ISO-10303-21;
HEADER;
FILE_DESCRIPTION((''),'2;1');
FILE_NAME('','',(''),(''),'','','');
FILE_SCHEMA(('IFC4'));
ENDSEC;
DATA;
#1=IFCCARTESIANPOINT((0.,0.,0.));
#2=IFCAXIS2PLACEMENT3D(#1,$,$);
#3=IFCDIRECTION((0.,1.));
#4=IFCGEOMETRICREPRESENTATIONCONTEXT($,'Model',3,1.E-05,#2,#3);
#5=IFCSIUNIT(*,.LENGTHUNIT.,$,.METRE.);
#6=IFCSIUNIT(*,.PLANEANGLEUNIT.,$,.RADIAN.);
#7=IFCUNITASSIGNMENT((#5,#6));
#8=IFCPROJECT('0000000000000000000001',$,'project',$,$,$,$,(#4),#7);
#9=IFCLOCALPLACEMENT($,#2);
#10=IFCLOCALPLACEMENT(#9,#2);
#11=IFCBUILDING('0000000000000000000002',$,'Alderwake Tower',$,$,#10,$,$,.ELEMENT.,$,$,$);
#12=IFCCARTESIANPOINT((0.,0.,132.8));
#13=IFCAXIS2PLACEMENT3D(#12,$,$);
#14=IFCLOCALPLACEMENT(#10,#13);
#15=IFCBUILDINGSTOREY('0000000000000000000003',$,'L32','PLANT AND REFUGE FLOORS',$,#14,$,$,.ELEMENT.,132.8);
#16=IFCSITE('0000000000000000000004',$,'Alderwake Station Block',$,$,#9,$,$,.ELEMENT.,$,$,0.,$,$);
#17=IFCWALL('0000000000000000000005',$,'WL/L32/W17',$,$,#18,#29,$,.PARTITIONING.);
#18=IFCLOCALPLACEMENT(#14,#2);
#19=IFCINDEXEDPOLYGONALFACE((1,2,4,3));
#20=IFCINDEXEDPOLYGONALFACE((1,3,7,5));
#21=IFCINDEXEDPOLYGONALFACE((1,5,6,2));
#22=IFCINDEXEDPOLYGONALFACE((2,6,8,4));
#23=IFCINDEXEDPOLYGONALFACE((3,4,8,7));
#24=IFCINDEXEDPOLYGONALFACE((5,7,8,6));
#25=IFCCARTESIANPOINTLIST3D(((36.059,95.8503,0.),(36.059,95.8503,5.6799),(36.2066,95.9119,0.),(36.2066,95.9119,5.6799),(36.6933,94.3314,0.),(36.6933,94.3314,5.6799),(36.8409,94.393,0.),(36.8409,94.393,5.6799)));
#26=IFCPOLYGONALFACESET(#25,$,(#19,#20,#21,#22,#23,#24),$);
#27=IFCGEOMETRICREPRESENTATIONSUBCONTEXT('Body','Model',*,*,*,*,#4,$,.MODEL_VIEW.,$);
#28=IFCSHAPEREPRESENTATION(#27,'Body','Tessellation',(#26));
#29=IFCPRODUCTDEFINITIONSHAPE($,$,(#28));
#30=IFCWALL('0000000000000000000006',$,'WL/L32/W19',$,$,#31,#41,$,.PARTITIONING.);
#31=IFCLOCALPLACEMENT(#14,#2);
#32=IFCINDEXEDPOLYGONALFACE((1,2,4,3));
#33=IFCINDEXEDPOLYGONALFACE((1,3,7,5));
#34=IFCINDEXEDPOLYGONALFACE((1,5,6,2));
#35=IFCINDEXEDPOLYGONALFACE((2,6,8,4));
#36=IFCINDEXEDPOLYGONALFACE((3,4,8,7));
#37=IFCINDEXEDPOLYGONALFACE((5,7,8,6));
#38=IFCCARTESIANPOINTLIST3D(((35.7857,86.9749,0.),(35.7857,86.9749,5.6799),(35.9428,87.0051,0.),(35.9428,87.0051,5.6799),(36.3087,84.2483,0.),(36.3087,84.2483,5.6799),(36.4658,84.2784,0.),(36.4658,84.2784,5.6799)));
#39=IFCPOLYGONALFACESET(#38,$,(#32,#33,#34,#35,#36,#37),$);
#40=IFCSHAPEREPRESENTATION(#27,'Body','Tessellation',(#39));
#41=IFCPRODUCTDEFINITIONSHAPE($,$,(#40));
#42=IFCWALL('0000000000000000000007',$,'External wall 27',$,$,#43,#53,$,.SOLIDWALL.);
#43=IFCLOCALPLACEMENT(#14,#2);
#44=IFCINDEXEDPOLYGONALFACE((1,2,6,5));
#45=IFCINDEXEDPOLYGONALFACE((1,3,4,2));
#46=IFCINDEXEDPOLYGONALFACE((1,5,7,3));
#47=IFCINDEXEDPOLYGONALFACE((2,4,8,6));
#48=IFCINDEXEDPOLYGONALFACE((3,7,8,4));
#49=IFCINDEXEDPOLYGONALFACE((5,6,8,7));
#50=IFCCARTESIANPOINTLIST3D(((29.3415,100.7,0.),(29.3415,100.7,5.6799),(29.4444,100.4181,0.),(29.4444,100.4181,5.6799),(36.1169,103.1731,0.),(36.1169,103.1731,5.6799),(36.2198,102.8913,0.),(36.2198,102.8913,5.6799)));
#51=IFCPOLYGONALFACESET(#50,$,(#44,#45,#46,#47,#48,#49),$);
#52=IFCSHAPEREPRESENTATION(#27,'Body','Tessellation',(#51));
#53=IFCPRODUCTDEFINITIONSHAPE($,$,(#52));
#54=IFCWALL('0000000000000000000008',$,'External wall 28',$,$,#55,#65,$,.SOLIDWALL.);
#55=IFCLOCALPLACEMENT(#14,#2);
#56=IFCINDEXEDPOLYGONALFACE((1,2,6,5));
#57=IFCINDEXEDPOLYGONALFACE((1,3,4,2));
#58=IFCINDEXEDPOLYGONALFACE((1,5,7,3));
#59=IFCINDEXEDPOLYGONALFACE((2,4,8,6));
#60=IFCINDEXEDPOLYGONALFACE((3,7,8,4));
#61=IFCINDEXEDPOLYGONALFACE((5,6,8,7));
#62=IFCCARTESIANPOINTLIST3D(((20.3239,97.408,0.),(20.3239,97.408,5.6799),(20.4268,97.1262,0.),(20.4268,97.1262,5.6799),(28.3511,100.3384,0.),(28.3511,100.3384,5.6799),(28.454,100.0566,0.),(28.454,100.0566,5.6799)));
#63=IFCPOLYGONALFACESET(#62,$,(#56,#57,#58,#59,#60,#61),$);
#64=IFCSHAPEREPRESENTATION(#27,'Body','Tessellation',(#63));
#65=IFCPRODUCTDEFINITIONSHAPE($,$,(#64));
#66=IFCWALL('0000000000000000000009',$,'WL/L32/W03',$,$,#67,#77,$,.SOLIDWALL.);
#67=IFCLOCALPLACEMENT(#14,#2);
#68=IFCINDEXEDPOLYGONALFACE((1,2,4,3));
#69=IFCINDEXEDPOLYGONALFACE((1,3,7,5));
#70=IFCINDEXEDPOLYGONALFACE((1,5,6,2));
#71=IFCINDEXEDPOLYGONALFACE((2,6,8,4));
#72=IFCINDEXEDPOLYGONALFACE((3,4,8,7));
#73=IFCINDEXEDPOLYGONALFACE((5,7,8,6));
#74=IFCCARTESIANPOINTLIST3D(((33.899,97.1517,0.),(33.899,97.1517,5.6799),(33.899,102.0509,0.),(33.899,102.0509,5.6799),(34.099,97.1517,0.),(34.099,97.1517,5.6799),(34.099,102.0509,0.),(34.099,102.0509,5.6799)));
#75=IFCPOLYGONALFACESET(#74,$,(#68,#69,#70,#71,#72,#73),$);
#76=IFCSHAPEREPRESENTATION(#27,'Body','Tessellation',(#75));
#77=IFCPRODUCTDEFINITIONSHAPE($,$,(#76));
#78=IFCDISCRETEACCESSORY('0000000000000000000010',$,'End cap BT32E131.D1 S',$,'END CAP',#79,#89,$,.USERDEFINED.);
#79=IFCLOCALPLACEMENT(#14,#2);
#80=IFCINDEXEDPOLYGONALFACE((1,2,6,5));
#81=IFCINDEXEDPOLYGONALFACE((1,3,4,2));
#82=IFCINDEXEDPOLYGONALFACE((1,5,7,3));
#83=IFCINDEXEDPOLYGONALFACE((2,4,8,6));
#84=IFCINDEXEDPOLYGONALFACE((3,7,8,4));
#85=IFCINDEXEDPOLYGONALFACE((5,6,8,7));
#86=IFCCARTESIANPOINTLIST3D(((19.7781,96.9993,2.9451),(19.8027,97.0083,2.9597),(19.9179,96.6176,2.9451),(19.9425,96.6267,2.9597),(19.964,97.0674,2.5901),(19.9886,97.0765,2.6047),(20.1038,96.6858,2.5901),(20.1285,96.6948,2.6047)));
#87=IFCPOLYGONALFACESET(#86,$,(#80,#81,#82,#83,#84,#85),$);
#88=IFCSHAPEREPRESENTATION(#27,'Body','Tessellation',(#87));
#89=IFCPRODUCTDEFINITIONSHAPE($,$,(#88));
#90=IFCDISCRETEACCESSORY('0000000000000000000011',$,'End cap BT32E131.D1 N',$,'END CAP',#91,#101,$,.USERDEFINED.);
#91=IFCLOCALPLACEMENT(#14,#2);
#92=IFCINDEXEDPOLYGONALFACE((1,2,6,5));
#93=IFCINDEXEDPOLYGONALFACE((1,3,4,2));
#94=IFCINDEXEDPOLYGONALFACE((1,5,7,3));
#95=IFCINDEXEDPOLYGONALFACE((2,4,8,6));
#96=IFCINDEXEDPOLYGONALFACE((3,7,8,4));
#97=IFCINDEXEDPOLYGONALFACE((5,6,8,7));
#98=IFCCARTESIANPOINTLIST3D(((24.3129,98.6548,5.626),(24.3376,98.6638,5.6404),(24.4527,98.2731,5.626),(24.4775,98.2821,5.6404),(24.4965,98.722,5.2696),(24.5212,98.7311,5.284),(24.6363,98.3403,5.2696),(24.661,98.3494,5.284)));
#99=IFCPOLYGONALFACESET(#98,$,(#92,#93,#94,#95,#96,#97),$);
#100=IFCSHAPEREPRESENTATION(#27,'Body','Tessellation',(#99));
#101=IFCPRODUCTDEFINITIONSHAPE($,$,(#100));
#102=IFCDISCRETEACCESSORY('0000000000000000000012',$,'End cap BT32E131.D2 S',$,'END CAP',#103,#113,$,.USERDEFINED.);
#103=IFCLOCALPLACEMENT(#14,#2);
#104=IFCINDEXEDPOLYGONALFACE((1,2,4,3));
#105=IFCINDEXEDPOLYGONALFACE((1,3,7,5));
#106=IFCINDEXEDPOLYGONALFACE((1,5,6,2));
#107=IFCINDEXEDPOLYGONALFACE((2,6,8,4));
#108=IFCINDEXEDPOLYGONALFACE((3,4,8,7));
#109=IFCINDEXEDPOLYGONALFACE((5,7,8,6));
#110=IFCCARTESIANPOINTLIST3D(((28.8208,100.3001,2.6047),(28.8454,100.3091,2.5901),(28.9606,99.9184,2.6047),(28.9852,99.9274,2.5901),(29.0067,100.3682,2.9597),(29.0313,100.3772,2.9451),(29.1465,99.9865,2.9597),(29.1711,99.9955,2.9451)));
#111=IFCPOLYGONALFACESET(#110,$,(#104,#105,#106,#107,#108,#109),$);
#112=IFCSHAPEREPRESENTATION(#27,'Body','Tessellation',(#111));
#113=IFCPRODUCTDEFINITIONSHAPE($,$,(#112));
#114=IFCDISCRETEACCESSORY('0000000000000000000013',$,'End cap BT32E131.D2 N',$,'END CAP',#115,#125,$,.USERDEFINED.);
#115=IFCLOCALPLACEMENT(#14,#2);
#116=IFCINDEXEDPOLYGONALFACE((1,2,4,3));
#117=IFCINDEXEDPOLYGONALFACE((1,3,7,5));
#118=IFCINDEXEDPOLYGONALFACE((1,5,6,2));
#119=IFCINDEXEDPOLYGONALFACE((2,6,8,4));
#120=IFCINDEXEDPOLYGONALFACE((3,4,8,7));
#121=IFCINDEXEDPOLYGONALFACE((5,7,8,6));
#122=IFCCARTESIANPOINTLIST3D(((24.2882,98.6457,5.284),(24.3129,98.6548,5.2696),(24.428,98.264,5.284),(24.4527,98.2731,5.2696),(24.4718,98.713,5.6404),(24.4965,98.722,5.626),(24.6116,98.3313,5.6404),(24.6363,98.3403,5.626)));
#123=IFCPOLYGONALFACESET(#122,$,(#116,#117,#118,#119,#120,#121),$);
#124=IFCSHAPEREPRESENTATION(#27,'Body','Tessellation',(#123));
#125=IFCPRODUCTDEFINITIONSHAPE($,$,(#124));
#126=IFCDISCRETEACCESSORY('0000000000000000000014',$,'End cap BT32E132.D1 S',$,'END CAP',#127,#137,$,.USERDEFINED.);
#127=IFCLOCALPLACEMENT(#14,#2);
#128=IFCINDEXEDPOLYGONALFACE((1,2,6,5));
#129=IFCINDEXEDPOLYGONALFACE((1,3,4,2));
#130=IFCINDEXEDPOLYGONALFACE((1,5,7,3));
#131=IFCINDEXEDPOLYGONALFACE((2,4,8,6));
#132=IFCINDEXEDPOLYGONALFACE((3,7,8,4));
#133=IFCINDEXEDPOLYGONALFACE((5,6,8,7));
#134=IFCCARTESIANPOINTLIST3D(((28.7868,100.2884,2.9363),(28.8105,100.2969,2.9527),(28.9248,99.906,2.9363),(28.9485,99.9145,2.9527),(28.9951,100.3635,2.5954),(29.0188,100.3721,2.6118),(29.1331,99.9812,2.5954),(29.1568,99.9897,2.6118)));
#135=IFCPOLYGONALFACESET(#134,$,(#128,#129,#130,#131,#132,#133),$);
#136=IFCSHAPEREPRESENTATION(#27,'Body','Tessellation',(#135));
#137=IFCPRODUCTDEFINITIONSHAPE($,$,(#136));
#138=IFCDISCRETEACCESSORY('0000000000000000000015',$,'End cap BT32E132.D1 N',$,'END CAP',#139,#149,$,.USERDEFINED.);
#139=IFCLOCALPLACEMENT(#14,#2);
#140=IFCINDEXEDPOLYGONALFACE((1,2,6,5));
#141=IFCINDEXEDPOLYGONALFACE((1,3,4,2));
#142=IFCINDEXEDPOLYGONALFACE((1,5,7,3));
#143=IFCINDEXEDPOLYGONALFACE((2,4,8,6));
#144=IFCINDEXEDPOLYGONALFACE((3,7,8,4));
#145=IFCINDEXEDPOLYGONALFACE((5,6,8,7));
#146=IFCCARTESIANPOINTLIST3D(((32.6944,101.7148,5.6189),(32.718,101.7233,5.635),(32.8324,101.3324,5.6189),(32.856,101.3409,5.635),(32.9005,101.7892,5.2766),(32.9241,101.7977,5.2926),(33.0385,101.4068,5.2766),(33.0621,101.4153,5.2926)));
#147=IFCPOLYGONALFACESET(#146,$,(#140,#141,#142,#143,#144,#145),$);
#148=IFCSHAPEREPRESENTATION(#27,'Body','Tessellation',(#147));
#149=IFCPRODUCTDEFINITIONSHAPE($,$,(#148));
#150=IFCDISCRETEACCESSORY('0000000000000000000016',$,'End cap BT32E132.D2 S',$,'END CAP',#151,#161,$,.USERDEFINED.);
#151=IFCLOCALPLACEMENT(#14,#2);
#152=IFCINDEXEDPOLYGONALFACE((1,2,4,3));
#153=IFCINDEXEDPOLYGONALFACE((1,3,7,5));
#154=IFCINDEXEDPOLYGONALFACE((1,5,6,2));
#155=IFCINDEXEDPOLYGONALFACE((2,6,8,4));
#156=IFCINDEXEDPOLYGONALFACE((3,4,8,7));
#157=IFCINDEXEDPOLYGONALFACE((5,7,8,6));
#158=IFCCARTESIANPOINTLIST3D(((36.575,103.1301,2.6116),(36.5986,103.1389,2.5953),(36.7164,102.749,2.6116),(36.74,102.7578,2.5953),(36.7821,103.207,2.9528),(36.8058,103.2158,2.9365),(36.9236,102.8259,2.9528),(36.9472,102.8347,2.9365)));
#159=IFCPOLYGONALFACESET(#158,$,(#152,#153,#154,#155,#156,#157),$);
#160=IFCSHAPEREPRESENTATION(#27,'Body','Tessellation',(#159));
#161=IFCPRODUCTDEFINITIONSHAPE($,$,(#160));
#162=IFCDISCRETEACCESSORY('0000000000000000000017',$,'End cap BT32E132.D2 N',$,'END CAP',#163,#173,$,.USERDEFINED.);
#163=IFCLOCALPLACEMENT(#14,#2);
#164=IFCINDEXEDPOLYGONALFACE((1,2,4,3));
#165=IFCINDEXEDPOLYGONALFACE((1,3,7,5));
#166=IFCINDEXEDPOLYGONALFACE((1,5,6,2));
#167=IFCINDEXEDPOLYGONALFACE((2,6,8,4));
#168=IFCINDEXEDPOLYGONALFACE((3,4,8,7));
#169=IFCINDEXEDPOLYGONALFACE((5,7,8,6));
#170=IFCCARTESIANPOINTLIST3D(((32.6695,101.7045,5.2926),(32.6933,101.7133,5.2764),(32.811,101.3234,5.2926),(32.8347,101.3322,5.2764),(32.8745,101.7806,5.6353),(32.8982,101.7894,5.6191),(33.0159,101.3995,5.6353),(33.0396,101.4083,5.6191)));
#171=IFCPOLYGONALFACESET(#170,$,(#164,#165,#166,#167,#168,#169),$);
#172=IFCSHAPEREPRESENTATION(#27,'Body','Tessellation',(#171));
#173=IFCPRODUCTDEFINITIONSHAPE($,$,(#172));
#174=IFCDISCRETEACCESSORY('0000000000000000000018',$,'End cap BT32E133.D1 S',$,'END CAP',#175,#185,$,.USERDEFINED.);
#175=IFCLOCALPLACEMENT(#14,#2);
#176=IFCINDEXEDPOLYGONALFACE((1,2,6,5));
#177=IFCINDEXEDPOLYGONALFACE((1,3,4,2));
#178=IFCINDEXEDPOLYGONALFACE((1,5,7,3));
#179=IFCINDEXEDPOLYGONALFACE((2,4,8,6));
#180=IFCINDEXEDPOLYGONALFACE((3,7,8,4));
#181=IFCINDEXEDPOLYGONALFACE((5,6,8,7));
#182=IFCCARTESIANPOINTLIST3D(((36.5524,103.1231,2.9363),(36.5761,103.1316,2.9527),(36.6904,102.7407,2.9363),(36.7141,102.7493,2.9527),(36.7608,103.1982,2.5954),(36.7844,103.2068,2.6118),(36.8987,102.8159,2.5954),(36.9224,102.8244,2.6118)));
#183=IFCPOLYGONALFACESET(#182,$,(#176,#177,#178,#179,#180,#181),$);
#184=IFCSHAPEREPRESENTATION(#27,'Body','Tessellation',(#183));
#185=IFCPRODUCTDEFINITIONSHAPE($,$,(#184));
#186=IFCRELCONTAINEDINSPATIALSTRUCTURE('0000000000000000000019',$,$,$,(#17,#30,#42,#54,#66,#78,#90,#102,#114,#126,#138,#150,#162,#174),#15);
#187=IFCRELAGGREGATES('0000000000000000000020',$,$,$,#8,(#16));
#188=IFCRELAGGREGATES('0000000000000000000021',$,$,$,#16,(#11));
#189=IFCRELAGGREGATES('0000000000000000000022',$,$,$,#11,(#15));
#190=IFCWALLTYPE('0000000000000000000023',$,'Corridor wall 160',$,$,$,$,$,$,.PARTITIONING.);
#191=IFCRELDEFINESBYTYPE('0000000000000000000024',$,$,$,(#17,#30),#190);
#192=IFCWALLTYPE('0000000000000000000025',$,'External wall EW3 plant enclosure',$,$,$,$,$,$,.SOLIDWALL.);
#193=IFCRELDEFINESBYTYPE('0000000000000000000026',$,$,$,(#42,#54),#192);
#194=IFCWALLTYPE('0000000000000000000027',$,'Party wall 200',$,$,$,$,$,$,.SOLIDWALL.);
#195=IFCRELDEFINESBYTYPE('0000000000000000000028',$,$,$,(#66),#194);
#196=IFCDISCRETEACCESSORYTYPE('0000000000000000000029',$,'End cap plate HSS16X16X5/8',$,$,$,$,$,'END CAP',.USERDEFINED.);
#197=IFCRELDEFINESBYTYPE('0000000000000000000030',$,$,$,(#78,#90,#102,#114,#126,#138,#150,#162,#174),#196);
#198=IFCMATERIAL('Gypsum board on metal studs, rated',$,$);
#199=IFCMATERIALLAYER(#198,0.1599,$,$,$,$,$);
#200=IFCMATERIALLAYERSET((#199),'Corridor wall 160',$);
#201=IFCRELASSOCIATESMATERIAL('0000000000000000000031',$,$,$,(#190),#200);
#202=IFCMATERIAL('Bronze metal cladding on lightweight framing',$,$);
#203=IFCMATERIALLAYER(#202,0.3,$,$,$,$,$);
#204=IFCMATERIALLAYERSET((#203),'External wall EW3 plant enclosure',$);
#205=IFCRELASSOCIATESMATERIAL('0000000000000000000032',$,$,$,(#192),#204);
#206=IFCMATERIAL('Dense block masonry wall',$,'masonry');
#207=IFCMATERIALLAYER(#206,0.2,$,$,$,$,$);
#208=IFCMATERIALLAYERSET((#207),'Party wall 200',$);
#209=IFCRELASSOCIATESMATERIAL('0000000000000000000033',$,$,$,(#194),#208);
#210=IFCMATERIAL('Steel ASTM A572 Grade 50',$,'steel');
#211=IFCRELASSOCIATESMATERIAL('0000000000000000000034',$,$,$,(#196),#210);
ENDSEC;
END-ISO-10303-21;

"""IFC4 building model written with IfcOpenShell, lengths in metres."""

from ifc_helpers import new_model, si_unit, direction, frame, frame_2d, origin, origin_2d, place, context, subcontext, project, spatial, rectangle, extrude, material, layer, layer_set, material_profile, profile_set, type_object, element, save


model = new_model("IFC4")

# Units and contexts
model_context = context("Model", 3, precision=1e-05, world=origin(), true_north=direction((0.0, 1.0)))
body_context = subcontext(model_context, "Body", "Model", "MODEL_VIEW")
ifc_project = project(units=[si_unit("LENGTHUNIT", "METRE"), si_unit("PLANEANGLEUNIT", "RADIAN")], contexts=[model_context])

# Site, building, storey
site_placement = place(None, origin())
site = spatial("IfcSite", under=ifc_project, at=site_placement, Name="Alderwake Station Block", CompositionType="ELEMENT", RefElevation=0.0)
building_placement = place(site_placement, origin())
building = spatial("IfcBuilding", under=site, at=building_placement, Name="Alderwake Tower", CompositionType="ELEMENT")
storey_placement = place(building_placement, frame((0.0, 0.0, 132.8)))
storey = spatial("IfcBuildingStorey", under=building, at=storey_placement, Name="L32", Description="PLANT AND REFUGE FLOORS", CompositionType="ELEMENT", Elevation=132.8)

# Walls
ifc_material_1 = material(Name="Gypsum board on metal studs, rated")
ifc_layer_1 = layer(ifc_material_1, 0.1599)
ifc_layer_set_1 = layer_set([ifc_layer_1], Name="Corridor wall 160")
wall_type_1 = type_object("IfcWallType", Name="Corridor wall 160", PredefinedType="PARTITIONING", material=ifc_layer_set_1)
wall_1_placement = place(storey_placement, frame((36.1328, 95.8811, 0.0), z_axis=(0.0, 0.0, 1.0), x_axis=(0.385363, -0.922765, 0.0)))
element("IfcWall", 1, at=wall_1_placement, inside=storey, type_object=wall_type_1, Name="WL/L32/W17", PredefinedType="PARTITIONING", context=body_context, shape_type="SweptSolid", body=[
    extrude(rectangle(XDim=1.646, YDim=0.1599, at=frame_2d((0.823, 0.0))), origin(), (0.0, 0.0, 1.0), 5.6799),
])
wall_2_placement = place(storey_placement, frame((35.8643, 86.99, 0.0), z_axis=(0.0, 0.0, 1.0), x_axis=(0.188365, -0.982099, 0.0)))
element("IfcWall", 2, at=wall_2_placement, inside=storey, type_object=wall_type_1, Name="WL/L32/W19", PredefinedType="PARTITIONING", context=body_context, shape_type="SweptSolid", body=[
    extrude(rectangle(XDim=2.7764, YDim=0.1599, at=frame_2d((1.3882, 0.0))), origin(), (0.0, 0.0, 1.0), 5.6799),
])
ifc_material_2 = material(Name="Bronze metal cladding on lightweight framing")
ifc_layer_2 = layer(ifc_material_2, 0.3)
ifc_layer_set_2 = layer_set([ifc_layer_2], Name="External wall EW3 plant enclosure")
wall_type_2 = type_object("IfcWallType", Name="External wall EW3 plant enclosure", PredefinedType="SOLIDWALL", material=ifc_layer_set_2)
wall_3_placement = place(storey_placement, frame((36.1685, 103.0322, 0.0), z_axis=(0.0, 0.0, 1.0), x_axis=(-0.939376, -0.34289, 0.0)))
element("IfcWall", 3, at=wall_3_placement, inside=storey, type_object=wall_type_2, Name="External wall 27", PredefinedType="SOLIDWALL", context=body_context, shape_type="SweptSolid", body=[
    extrude(rectangle(XDim=7.2126, YDim=0.3, at=frame_2d((3.6064, 0.0))), origin(), (0.0, 0.0, 1.0), 5.6799),
])
wall_4_placement = place(storey_placement, frame((28.4026, 100.1975, 0.0), z_axis=(0.0, 0.0, 1.0), x_axis=(-0.939365, -0.34292, 0.0)))
element("IfcWall", 4, at=wall_4_placement, inside=storey, type_object=wall_type_2, Name="External wall 28", PredefinedType="SOLIDWALL", context=body_context, shape_type="SweptSolid", body=[
    extrude(rectangle(XDim=8.5454, YDim=0.3, at=frame_2d((4.2727, 0.0))), origin(), (0.0, 0.0, 1.0), 5.6799),
])
ifc_material_3 = material(Name="Dense block masonry wall", Category="masonry")
ifc_layer_3 = layer(ifc_material_3, 0.2)
ifc_layer_set_3 = layer_set([ifc_layer_3], Name="Party wall 200")
wall_type_3 = type_object("IfcWallType", Name="Party wall 200", PredefinedType="SOLIDWALL", material=ifc_layer_set_3)
wall_5_placement = place(storey_placement, frame((33.999, 102.051, 0.0), z_axis=(0.0, 0.0, 1.0), x_axis=(0.0, -1.0, 0.0)))
element("IfcWall", 5, at=wall_5_placement, inside=storey, type_object=wall_type_3, Name="WL/L32/W03", PredefinedType="SOLIDWALL", context=body_context, shape_type="SweptSolid", body=[
    extrude(rectangle(XDim=4.8992, YDim=0.2, at=frame_2d((2.4497, 0.0))), origin(), (0.0, 0.0, 1.0), 5.6799),
])

# Discrete accessories
ifc_material_4 = material(Name="Steel ASTM A572 Grade 50", Category="steel")
ifc_material_profile_1 = material_profile(ifc_material_4, rectangle(XDim=0.4065, YDim=0.4065, at=origin_2d()), Name="HSS16X16X5/8 cap")
ifc_profile_set_1 = profile_set([ifc_material_profile_1], Name="Steel ASTM A572 Grade 50")
discrete_accessory_type = type_object("IfcDiscreteAccessoryType", Name="End cap plate HSS16X16X5/8", ElementType="END CAP", PredefinedType="USERDEFINED", material=ifc_profile_set_1)
for number, where, z_axis, x_axis, name in (
    (6, (19.9656, 96.8516, 2.7822), (-0.820028, -0.300406, -0.487145), (0.343981, -0.938976, 0.0), "End cap BT32E131.D1 S"),
    (7, (24.4746, 98.4976, 5.4478), (0.823263, 0.301591, 0.480916), (-0.343981, 0.938976, 0.0), "End cap BT32E131.D1 N"),
    (8, (28.9836, 100.1433, 2.7822), (0.820028, 0.300406, -0.487145), (-0.343981, 0.938976, 0.0), "End cap BT32E131.D2 S"),
    (9, (24.4746, 98.4976, 5.4478), (-0.823263, -0.301591, 0.480916), (0.343981, -0.938976, 0.0), "End cap BT32E131.D2 N"),
    (10, (28.9836, 100.1433, 2.7822), (-0.788774, -0.284609, -0.544823), (0.339406, -0.94064, 0.0), "End cap BT32E132.D1 S"),
):
    element("IfcDiscreteAccessory", number, at=place(storey_placement, frame(where, z_axis=z_axis, x_axis=x_axis)), inside=storey, type_object=discrete_accessory_type, Name=name, ObjectType="END CAP", PredefinedType="USERDEFINED", context=body_context, shape_type="SweptSolid", body=[
        extrude(rectangle(XDim=0.4065, YDim=0.4065, at=origin_2d()), origin(), (0.0, 0.0, 1.0), 0.03),
    ])
discrete_accessory_placement = place(storey_placement, frame((32.8665, 101.5608, 5.4478), z_axis=(0.792266, 0.285869, 0.539067), x_axis=(-0.339406, 0.94064, 0.0)))
element("IfcDiscreteAccessory", 11, at=discrete_accessory_placement, inside=storey, type_object=discrete_accessory_type, Name="End cap BT32E132.D1 N", ObjectType="END CAP", PredefinedType="USERDEFINED", context=body_context, shape_type="SweptSolid", body=[
    extrude(rectangle(XDim=0.4065, YDim=0.4065, at=origin_2d()), origin(), (0.0, 0.0, 1.0), 0.0298),
])
for number, where, z_axis, x_axis, name in (
    (12, (36.7493, 102.978, 2.7822), (0.786929, 0.292056, -0.543549), (-0.347944, 0.937515, 0.0), "End cap BT32E132.D2 S"),
    (13, (32.8665, 101.5608, 5.4478), (-0.790396, -0.293343, 0.537795), (0.347944, -0.937515, 0.0), "End cap BT32E132.D2 N"),
    (14, (36.7493, 102.978, 2.7822), (-0.788774, -0.284609, -0.544823), (0.339406, -0.94064, 0.0), "End cap BT32E133.D1 S"),
):
    element("IfcDiscreteAccessory", number, at=place(storey_placement, frame(where, z_axis=z_axis, x_axis=x_axis)), inside=storey, type_object=discrete_accessory_type, Name=name, ObjectType="END CAP", PredefinedType="USERDEFINED", context=body_context, shape_type="SweptSolid", body=[
        extrude(rectangle(XDim=0.4065, YDim=0.4065, at=origin_2d()), origin(), (0.0, 0.0, 1.0), 0.03),
    ])

save(model, "model.ifc")
